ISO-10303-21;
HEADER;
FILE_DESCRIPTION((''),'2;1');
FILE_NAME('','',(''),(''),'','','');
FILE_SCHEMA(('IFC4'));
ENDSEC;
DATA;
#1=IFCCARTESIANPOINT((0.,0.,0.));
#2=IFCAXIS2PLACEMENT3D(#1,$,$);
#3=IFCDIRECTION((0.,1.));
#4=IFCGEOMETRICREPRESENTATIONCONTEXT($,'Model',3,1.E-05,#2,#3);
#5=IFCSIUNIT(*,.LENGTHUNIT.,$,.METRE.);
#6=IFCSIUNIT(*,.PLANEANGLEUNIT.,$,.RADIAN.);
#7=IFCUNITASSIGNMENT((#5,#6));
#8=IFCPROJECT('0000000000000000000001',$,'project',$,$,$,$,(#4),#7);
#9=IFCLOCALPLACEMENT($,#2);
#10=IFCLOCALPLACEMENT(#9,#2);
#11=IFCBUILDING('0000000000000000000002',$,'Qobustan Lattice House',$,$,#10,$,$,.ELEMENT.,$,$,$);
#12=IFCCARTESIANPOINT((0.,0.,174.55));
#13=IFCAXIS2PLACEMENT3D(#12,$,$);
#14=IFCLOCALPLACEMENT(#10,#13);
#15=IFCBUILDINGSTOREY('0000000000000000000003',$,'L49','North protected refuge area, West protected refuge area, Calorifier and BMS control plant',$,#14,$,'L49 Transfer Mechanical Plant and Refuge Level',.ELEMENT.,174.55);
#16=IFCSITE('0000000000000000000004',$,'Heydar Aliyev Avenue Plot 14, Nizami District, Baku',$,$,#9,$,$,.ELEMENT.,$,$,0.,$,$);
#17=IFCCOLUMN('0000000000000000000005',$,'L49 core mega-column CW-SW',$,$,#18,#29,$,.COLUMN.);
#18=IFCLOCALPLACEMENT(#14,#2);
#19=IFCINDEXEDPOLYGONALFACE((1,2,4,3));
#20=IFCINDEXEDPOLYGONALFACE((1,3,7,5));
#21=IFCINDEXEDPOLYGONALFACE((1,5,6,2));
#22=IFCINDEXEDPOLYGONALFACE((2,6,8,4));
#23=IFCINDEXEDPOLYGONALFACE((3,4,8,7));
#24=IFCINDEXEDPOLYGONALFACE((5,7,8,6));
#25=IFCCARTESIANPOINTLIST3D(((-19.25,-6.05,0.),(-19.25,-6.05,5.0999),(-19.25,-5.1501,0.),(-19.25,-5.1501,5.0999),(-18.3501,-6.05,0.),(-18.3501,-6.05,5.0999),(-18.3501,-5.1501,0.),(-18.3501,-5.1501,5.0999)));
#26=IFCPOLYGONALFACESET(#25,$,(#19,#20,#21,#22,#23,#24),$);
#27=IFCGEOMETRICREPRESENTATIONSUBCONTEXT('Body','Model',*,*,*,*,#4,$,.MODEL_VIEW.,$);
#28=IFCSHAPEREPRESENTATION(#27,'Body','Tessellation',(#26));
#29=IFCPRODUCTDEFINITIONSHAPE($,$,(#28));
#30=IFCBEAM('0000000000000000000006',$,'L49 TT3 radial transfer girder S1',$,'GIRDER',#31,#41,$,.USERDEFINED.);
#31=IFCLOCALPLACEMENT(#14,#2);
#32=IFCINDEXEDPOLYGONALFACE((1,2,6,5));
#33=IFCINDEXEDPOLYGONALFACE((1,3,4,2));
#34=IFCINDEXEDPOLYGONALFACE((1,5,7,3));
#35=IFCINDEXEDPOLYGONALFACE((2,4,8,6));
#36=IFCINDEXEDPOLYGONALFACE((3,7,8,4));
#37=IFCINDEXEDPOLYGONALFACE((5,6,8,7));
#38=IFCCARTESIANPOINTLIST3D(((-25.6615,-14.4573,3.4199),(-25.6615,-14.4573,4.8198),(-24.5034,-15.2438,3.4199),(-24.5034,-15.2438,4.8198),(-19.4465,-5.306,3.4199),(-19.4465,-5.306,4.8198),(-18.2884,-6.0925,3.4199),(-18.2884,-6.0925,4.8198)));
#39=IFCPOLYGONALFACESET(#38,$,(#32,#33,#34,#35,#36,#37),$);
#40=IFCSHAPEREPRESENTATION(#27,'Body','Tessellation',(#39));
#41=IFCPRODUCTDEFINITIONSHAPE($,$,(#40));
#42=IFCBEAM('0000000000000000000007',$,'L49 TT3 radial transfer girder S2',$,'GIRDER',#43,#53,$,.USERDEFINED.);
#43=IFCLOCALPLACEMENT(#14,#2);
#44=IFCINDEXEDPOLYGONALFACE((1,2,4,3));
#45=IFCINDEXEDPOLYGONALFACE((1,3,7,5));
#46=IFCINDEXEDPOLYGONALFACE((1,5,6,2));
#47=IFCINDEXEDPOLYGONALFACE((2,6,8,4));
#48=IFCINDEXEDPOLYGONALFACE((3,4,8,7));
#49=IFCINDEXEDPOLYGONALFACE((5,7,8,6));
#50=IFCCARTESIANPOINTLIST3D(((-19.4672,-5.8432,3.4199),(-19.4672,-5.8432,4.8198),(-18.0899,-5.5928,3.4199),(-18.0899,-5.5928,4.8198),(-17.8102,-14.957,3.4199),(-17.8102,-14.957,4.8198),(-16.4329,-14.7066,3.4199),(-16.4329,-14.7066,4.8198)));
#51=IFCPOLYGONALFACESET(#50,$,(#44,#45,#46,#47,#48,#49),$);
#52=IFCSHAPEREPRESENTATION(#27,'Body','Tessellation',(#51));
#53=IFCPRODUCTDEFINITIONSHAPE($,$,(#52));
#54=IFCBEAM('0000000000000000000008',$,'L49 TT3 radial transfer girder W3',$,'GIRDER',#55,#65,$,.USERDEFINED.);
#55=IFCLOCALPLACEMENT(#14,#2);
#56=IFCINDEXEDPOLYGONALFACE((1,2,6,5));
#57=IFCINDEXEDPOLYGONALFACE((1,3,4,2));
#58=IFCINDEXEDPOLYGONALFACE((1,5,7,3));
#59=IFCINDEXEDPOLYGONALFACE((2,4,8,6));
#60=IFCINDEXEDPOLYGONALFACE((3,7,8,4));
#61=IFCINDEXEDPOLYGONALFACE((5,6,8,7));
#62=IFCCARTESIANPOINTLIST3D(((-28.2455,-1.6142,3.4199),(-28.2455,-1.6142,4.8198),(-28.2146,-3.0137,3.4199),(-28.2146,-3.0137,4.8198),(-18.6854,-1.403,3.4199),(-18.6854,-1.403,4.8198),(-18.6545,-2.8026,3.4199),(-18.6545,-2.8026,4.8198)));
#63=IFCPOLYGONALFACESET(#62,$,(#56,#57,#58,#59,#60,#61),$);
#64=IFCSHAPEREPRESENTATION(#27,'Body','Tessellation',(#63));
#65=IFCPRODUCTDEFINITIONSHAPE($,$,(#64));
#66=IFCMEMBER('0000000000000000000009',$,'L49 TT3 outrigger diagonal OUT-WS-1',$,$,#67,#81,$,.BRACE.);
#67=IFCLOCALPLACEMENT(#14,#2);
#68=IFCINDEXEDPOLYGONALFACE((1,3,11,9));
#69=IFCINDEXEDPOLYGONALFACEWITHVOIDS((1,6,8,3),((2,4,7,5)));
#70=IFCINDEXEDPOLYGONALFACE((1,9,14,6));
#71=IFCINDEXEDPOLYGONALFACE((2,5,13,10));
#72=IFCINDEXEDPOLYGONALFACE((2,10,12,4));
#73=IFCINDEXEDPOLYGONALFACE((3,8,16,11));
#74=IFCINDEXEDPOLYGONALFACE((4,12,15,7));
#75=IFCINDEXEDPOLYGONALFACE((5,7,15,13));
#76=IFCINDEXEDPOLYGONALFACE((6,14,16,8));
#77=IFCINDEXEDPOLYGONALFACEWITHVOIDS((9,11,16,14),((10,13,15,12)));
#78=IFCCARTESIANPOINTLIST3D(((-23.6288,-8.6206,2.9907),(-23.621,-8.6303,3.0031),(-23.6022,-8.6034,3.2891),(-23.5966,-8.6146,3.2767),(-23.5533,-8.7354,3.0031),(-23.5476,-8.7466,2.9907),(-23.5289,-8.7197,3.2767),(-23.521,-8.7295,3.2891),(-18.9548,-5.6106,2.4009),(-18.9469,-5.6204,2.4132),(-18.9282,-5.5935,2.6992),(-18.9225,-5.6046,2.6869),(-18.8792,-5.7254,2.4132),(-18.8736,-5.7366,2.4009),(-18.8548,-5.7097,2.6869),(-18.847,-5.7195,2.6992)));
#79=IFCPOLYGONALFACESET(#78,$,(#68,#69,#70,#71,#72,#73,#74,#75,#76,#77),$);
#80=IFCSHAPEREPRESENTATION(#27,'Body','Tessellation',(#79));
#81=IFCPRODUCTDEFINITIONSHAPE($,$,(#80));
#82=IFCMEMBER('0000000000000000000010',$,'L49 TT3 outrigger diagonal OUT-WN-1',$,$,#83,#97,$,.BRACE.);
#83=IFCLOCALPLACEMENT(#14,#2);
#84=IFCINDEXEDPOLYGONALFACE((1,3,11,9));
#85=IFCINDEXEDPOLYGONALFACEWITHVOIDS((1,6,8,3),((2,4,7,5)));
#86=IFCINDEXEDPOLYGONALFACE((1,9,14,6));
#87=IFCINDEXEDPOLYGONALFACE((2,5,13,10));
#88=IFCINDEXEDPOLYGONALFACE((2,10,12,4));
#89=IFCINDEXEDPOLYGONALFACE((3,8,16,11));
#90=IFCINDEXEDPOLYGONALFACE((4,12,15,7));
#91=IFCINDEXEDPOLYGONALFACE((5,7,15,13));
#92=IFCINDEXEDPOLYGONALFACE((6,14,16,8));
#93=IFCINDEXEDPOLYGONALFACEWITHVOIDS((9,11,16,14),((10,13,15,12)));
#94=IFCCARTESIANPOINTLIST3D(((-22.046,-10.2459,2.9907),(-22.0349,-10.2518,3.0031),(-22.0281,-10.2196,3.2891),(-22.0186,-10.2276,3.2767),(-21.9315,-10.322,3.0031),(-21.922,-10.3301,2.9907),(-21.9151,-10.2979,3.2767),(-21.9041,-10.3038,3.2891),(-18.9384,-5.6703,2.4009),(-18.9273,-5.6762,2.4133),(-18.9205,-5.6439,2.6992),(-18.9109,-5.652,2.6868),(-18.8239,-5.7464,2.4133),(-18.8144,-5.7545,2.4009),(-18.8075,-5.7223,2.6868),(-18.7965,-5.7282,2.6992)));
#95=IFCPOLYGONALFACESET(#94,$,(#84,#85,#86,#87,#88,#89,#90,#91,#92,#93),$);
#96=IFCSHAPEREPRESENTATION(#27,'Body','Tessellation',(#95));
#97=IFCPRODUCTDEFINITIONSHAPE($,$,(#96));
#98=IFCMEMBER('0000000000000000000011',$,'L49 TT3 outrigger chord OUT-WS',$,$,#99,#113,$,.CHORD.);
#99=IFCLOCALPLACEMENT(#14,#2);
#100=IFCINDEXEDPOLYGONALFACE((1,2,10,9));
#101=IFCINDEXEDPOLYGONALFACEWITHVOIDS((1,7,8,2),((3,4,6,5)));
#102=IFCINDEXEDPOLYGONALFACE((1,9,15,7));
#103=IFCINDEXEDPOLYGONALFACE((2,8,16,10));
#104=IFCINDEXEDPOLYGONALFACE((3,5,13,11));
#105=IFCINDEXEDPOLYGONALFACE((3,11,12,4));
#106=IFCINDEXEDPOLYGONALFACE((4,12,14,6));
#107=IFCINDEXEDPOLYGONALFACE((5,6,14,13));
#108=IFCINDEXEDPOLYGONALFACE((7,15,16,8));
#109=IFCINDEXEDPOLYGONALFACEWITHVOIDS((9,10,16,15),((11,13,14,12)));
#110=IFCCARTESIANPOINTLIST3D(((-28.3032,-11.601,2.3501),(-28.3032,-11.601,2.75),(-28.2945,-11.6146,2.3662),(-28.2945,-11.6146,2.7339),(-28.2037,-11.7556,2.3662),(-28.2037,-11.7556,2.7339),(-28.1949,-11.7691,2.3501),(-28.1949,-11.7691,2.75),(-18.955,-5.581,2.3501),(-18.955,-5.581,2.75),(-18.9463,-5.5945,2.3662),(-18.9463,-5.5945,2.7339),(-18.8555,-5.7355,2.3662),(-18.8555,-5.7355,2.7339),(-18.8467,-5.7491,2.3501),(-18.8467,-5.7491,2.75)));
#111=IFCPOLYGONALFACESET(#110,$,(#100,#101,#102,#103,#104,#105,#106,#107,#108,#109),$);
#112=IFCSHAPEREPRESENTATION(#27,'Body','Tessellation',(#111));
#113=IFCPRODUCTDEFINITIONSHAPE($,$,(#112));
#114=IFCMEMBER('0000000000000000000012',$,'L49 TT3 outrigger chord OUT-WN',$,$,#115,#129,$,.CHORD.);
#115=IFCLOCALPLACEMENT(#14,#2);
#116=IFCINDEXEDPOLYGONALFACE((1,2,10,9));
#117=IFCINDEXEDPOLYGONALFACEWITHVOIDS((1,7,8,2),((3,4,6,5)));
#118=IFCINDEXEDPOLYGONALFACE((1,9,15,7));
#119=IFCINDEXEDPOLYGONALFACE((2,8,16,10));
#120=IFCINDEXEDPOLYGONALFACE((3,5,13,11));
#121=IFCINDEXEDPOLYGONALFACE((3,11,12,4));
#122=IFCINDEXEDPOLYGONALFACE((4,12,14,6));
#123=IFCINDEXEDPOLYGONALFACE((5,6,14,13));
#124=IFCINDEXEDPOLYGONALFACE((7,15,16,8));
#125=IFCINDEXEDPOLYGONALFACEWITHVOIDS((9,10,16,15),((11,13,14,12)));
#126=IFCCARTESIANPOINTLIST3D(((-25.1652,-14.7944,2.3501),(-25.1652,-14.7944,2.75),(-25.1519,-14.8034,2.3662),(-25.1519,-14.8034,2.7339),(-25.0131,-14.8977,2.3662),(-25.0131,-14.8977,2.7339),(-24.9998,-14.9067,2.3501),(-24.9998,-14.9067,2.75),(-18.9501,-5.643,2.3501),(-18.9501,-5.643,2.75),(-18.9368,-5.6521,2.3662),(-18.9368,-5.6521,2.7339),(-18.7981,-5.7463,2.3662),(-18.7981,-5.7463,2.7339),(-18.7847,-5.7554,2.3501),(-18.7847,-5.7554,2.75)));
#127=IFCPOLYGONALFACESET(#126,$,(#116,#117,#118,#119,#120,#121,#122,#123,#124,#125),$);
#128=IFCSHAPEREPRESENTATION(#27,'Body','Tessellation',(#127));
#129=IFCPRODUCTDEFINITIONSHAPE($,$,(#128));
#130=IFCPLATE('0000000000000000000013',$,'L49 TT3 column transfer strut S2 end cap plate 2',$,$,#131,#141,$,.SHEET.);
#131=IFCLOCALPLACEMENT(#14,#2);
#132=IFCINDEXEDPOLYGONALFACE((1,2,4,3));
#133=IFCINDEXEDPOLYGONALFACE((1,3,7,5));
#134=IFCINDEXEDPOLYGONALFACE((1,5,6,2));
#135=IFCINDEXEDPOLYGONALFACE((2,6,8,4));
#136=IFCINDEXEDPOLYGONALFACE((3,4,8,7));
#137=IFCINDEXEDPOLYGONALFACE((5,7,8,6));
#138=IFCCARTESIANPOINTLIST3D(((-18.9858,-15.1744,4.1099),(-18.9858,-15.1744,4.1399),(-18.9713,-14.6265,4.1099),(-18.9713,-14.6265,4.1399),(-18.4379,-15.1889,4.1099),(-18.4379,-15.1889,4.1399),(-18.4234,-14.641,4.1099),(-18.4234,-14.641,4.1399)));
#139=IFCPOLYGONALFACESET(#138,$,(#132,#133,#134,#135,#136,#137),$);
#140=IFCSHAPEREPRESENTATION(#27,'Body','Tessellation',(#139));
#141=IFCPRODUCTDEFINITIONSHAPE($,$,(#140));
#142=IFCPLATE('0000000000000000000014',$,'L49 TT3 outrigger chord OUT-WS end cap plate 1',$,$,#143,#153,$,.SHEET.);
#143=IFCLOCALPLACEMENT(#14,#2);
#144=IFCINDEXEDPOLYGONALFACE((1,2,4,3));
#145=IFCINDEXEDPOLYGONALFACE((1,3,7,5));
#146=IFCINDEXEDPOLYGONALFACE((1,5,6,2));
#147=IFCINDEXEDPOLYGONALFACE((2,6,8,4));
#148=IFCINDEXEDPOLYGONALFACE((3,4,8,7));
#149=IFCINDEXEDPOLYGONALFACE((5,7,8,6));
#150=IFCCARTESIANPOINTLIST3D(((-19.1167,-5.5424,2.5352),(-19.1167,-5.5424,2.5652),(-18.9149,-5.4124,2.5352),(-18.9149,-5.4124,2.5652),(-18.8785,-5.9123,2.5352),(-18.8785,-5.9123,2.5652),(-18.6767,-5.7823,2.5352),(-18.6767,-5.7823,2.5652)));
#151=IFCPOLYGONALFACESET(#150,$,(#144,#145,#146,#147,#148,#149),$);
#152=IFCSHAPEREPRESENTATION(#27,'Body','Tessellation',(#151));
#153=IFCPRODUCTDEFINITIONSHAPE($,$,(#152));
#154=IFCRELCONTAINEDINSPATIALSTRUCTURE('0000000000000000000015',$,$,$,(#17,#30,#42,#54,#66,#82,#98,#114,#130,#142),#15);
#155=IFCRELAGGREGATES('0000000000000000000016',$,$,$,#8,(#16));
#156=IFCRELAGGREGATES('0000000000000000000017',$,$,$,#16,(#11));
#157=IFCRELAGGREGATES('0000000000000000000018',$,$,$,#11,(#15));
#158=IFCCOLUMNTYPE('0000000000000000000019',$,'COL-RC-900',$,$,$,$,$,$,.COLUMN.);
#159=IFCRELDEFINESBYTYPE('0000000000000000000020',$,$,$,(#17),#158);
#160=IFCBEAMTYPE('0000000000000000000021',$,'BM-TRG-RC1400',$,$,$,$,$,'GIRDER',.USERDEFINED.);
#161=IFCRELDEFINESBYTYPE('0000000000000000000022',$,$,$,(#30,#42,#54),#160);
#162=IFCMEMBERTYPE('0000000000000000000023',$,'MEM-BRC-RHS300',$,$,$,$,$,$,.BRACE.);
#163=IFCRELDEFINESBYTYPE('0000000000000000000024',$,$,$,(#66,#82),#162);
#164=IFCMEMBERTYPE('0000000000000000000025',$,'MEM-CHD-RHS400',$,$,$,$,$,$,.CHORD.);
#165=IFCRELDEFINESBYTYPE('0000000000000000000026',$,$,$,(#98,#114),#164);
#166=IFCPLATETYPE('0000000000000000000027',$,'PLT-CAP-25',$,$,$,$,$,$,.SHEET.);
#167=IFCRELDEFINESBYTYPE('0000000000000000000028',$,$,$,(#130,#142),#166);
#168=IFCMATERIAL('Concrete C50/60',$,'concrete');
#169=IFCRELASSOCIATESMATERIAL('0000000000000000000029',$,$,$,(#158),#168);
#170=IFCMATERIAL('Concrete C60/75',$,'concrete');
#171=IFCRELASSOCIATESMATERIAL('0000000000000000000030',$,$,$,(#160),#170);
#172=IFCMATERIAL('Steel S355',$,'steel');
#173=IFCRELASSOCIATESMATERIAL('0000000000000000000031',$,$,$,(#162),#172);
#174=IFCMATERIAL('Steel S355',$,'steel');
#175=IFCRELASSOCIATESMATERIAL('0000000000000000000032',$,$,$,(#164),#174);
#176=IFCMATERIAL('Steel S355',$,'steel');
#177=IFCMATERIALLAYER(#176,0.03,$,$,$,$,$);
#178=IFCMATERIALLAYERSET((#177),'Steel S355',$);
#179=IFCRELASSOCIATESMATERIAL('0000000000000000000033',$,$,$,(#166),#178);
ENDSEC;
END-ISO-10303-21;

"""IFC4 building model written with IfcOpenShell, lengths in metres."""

from ifc_helpers import new_model, si_unit, direction, frame, origin, origin_2d, place, context, subcontext, project, spatial, rectangle, hollow_rectangle, extrude, material, layer, layer_set, material_profile, profile_set, type_object, element, save


model = new_model("IFC4")

# Units and contexts
model_context = context("Model", 3, precision=1e-05, world=origin(), true_north=direction((0.0, 1.0)))
body_context = subcontext(model_context, "Body", "Model", "MODEL_VIEW")
ifc_project = project(units=[si_unit("LENGTHUNIT", "METRE"), si_unit("PLANEANGLEUNIT", "RADIAN")], contexts=[model_context])

# Site, building, storey
site_placement = place(None, origin())
site = spatial("IfcSite", under=ifc_project, at=site_placement, Name="Heydar Aliyev Avenue Plot 14, Nizami District, Baku", CompositionType="ELEMENT", RefElevation=0.0)
building_placement = place(site_placement, origin())
building = spatial("IfcBuilding", under=site, at=building_placement, Name="Qobustan Lattice House", CompositionType="ELEMENT")
storey_placement = place(building_placement, frame((0.0, 0.0, 174.55)))
storey = spatial("IfcBuildingStorey", under=building, at=storey_placement, Name="L49", Description="North protected refuge area, West protected refuge area, Calorifier and BMS control plant", LongName="L49 Transfer Mechanical Plant and Refuge Level", CompositionType="ELEMENT", Elevation=174.55)

# Column
ifc_material_1 = material(Name="Concrete C50/60", Category="concrete")
ifc_material_profile_1 = material_profile(ifc_material_1, rectangle(XDim=0.8999, YDim=0.8999, at=origin_2d()), Name="RC900x900")
ifc_profile_set_1 = profile_set([ifc_material_profile_1], Name="Concrete C50/60")
column_type = type_object("IfcColumnType", Name="COL-RC-900", PredefinedType="COLUMN", material=ifc_profile_set_1)
column_placement = place(storey_placement, frame((-18.8, -5.6001, 0.0), z_axis=(0.0, 0.0, 1.0), x_axis=(1.0, 0.0, 0.0)))
element("IfcColumn", 1, at=column_placement, inside=storey, type_object=column_type, Name="L49 core mega-column CW-SW", PredefinedType="COLUMN", context=body_context, shape_type="SweptSolid", body=[
    extrude(rectangle(XDim=0.8999, YDim=0.8999, at=origin_2d()), origin(), (0.0, 0.0, 1.0), 5.0999),
])

# Beams
ifc_material_2 = material(Name="Concrete C60/75", Category="concrete")
ifc_material_profile_2 = material_profile(ifc_material_2, rectangle(XDim=1.3999, YDim=1.3999, at=origin_2d()), Name="RC1400x1400")
ifc_profile_set_2 = profile_set([ifc_material_profile_2], Name="Concrete C60/75")
beam_type = type_object("IfcBeamType", Name="BM-TRG-RC1400", ElementType="GIRDER", PredefinedType="USERDEFINED", material=ifc_profile_set_2)
beam_1_placement = place(storey_placement, frame((-18.8674, -5.6992, 4.1199), z_axis=(-0.561825, -0.827256, 0.0), x_axis=(0.827256, -0.561825, 0.0)))
element("IfcBeam", 2, at=beam_1_placement, inside=storey, type_object=beam_type, Name="L49 TT3 radial transfer girder S1", ObjectType="GIRDER", PredefinedType="USERDEFINED", context=body_context, shape_type="SweptSolid", body=[
    extrude(rectangle(XDim=1.3999, YDim=1.3999, at=origin_2d()), origin(), (0.0, 0.0, 1.0), 11.0623),
])
beam_2_placement = place(storey_placement, frame((-18.7786, -5.718, 4.1199), z_axis=(0.178878, -0.983871, 0.0), x_axis=(0.983871, 0.178878, 0.0)))
element("IfcBeam", 3, at=beam_2_placement, inside=storey, type_object=beam_type, Name="L49 TT3 radial transfer girder S2", ObjectType="GIRDER", PredefinedType="USERDEFINED", context=body_context, shape_type="SweptSolid", body=[
    extrude(rectangle(XDim=1.3999, YDim=1.3999, at=origin_2d()), origin(), (0.0, 0.0, 1.0), 9.2632),
])
beam_3_placement = place(storey_placement, frame((-18.6699, -2.1028, 4.1199), z_axis=(-0.999756, -0.022085, 0.0), x_axis=(0.022085, -0.999756, 0.0)))
element("IfcBeam", 4, at=beam_3_placement, inside=storey, type_object=beam_type, Name="L49 TT3 radial transfer girder W3", ObjectType="GIRDER", PredefinedType="USERDEFINED", context=body_context, shape_type="SweptSolid", body=[
    extrude(rectangle(XDim=1.3999, YDim=1.3999, at=origin_2d()), origin(), (0.0, 0.0, 1.0), 9.5625),
])

# Members
ifc_material_3 = material(Name="Steel S355", Category="steel")
ifc_material_profile_3 = material_profile(ifc_material_3, hollow_rectangle(XDim=0.1499, YDim=0.3, WallThickness=0.0125, at=origin_2d()), Name="RHS300x150x12.5")
ifc_profile_set_3 = profile_set([ifc_material_profile_3], Name="Steel S355")
member_type_1 = type_object("IfcMemberType", Name="MEM-BRC-RHS300", PredefinedType="BRACE", material=ifc_profile_set_3)
member_1_placement = place(storey_placement, frame((-18.9009, -5.665, 2.55), z_axis=(-0.836056, -0.538404, 0.105506), x_axis=(0.541425, -0.840749, 0.0)))
element("IfcMember", 5, at=member_1_placement, inside=storey, type_object=member_type_1, Name="L49 TT3 outrigger diagonal OUT-WS-1", PredefinedType="BRACE", context=body_context, shape_type="SweptSolid", body=[
    extrude(hollow_rectangle(XDim=0.1499, YDim=0.3, WallThickness=0.0125, at=origin_2d()), origin(), (0.0, 0.0, 1.0), 5.5906),
])
member_2_placement = place(storey_placement, frame((-18.8674, -5.6992, 2.55), z_axis=(-0.558673, -0.822582, 0.106038), x_axis=(0.827246, -0.56184, 0.0)))
element("IfcMember", 6, at=member_2_placement, inside=storey, type_object=member_type_1, Name="L49 TT3 outrigger diagonal OUT-WN-1", PredefinedType="BRACE", context=body_context, shape_type="SweptSolid", body=[
    extrude(hollow_rectangle(XDim=0.1499, YDim=0.3, WallThickness=0.0125, at=origin_2d()), origin(), (0.0, 0.0, 1.0), 5.5625),
])
ifc_material_4 = material(Name="Steel S355", Category="steel")
ifc_material_profile_4 = material_profile(ifc_material_4, hollow_rectangle(XDim=0.2, YDim=0.3999, WallThickness=0.0161, at=origin_2d()), Name="RHS400x200x16")
ifc_profile_set_4 = profile_set([ifc_material_profile_4], Name="Steel S355")
member_type_2 = type_object("IfcMemberType", Name="MEM-CHD-RHS400", PredefinedType="CHORD", material=ifc_profile_set_4)
member_3_placement = place(storey_placement, frame((-18.9009, -5.665, 2.55), z_axis=(-0.840749, -0.541425, 0.0), x_axis=(0.541425, -0.840749, 0.0)))
element("IfcMember", 7, at=member_3_placement, inside=storey, type_object=member_type_2, Name="L49 TT3 outrigger chord OUT-WS", PredefinedType="CHORD", context=body_context, shape_type="SweptSolid", body=[
    extrude(hollow_rectangle(XDim=0.2, YDim=0.3999, WallThickness=0.0161, at=origin_2d()), origin(), (0.0, 0.0, 1.0), 11.1189),
])
member_4_placement = place(storey_placement, frame((-18.8674, -5.6992, 2.55), z_axis=(-0.561825, -0.827256, 0.0), x_axis=(0.827256, -0.561825, 0.0)))
element("IfcMember", 8, at=member_4_placement, inside=storey, type_object=member_type_2, Name="L49 TT3 outrigger chord OUT-WN", PredefinedType="CHORD", context=body_context, shape_type="SweptSolid", body=[
    extrude(hollow_rectangle(XDim=0.2, YDim=0.3999, WallThickness=0.0161, at=origin_2d()), origin(), (0.0, 0.0, 1.0), 11.0623),
])

# Plates
ifc_material_5 = material(Name="Steel S355", Category="steel")
ifc_layer_1 = layer(ifc_material_5, 0.03)
ifc_layer_set_1 = layer_set([ifc_layer_1], Name="Steel S355")
plate_type = type_object("IfcPlateType", Name="PLT-CAP-25", PredefinedType="SHEET", material=ifc_layer_set_1)
plate_1_placement = place(storey_placement, frame((-18.7046, -14.9077, 4.1099), z_axis=(0.0, 0.0, 1.0), x_axis=(-0.999652, 0.026386, 0.0)))
element("IfcPlate", 9, at=plate_1_placement, inside=storey, type_object=plate_type, Name="L49 TT3 column transfer strut S2 end cap plate 2", PredefinedType="SHEET", context=body_context, shape_type="SweptSolid", body=[
    extrude(rectangle(XDim=0.5481, YDim=0.5481, at=origin_2d()), origin(), (0.0, 0.0, 1.0), 0.03),
])
plate_2_placement = place(storey_placement, frame((-18.8967, -5.6624, 2.5352), z_axis=(0.0, 0.0, 1.0), x_axis=(-0.840756, -0.541415, 0.0)))
element("IfcPlate", 10, at=plate_2_placement, inside=storey, type_object=plate_type, Name="L49 TT3 outrigger chord OUT-WS end cap plate 1", PredefinedType="SHEET", context=body_context, shape_type="SweptSolid", body=[
    extrude(rectangle(XDim=0.24, YDim=0.4399, at=origin_2d()), origin(), (0.0, 0.0, 1.0), 0.03),
])

save(model, "model.ifc")
